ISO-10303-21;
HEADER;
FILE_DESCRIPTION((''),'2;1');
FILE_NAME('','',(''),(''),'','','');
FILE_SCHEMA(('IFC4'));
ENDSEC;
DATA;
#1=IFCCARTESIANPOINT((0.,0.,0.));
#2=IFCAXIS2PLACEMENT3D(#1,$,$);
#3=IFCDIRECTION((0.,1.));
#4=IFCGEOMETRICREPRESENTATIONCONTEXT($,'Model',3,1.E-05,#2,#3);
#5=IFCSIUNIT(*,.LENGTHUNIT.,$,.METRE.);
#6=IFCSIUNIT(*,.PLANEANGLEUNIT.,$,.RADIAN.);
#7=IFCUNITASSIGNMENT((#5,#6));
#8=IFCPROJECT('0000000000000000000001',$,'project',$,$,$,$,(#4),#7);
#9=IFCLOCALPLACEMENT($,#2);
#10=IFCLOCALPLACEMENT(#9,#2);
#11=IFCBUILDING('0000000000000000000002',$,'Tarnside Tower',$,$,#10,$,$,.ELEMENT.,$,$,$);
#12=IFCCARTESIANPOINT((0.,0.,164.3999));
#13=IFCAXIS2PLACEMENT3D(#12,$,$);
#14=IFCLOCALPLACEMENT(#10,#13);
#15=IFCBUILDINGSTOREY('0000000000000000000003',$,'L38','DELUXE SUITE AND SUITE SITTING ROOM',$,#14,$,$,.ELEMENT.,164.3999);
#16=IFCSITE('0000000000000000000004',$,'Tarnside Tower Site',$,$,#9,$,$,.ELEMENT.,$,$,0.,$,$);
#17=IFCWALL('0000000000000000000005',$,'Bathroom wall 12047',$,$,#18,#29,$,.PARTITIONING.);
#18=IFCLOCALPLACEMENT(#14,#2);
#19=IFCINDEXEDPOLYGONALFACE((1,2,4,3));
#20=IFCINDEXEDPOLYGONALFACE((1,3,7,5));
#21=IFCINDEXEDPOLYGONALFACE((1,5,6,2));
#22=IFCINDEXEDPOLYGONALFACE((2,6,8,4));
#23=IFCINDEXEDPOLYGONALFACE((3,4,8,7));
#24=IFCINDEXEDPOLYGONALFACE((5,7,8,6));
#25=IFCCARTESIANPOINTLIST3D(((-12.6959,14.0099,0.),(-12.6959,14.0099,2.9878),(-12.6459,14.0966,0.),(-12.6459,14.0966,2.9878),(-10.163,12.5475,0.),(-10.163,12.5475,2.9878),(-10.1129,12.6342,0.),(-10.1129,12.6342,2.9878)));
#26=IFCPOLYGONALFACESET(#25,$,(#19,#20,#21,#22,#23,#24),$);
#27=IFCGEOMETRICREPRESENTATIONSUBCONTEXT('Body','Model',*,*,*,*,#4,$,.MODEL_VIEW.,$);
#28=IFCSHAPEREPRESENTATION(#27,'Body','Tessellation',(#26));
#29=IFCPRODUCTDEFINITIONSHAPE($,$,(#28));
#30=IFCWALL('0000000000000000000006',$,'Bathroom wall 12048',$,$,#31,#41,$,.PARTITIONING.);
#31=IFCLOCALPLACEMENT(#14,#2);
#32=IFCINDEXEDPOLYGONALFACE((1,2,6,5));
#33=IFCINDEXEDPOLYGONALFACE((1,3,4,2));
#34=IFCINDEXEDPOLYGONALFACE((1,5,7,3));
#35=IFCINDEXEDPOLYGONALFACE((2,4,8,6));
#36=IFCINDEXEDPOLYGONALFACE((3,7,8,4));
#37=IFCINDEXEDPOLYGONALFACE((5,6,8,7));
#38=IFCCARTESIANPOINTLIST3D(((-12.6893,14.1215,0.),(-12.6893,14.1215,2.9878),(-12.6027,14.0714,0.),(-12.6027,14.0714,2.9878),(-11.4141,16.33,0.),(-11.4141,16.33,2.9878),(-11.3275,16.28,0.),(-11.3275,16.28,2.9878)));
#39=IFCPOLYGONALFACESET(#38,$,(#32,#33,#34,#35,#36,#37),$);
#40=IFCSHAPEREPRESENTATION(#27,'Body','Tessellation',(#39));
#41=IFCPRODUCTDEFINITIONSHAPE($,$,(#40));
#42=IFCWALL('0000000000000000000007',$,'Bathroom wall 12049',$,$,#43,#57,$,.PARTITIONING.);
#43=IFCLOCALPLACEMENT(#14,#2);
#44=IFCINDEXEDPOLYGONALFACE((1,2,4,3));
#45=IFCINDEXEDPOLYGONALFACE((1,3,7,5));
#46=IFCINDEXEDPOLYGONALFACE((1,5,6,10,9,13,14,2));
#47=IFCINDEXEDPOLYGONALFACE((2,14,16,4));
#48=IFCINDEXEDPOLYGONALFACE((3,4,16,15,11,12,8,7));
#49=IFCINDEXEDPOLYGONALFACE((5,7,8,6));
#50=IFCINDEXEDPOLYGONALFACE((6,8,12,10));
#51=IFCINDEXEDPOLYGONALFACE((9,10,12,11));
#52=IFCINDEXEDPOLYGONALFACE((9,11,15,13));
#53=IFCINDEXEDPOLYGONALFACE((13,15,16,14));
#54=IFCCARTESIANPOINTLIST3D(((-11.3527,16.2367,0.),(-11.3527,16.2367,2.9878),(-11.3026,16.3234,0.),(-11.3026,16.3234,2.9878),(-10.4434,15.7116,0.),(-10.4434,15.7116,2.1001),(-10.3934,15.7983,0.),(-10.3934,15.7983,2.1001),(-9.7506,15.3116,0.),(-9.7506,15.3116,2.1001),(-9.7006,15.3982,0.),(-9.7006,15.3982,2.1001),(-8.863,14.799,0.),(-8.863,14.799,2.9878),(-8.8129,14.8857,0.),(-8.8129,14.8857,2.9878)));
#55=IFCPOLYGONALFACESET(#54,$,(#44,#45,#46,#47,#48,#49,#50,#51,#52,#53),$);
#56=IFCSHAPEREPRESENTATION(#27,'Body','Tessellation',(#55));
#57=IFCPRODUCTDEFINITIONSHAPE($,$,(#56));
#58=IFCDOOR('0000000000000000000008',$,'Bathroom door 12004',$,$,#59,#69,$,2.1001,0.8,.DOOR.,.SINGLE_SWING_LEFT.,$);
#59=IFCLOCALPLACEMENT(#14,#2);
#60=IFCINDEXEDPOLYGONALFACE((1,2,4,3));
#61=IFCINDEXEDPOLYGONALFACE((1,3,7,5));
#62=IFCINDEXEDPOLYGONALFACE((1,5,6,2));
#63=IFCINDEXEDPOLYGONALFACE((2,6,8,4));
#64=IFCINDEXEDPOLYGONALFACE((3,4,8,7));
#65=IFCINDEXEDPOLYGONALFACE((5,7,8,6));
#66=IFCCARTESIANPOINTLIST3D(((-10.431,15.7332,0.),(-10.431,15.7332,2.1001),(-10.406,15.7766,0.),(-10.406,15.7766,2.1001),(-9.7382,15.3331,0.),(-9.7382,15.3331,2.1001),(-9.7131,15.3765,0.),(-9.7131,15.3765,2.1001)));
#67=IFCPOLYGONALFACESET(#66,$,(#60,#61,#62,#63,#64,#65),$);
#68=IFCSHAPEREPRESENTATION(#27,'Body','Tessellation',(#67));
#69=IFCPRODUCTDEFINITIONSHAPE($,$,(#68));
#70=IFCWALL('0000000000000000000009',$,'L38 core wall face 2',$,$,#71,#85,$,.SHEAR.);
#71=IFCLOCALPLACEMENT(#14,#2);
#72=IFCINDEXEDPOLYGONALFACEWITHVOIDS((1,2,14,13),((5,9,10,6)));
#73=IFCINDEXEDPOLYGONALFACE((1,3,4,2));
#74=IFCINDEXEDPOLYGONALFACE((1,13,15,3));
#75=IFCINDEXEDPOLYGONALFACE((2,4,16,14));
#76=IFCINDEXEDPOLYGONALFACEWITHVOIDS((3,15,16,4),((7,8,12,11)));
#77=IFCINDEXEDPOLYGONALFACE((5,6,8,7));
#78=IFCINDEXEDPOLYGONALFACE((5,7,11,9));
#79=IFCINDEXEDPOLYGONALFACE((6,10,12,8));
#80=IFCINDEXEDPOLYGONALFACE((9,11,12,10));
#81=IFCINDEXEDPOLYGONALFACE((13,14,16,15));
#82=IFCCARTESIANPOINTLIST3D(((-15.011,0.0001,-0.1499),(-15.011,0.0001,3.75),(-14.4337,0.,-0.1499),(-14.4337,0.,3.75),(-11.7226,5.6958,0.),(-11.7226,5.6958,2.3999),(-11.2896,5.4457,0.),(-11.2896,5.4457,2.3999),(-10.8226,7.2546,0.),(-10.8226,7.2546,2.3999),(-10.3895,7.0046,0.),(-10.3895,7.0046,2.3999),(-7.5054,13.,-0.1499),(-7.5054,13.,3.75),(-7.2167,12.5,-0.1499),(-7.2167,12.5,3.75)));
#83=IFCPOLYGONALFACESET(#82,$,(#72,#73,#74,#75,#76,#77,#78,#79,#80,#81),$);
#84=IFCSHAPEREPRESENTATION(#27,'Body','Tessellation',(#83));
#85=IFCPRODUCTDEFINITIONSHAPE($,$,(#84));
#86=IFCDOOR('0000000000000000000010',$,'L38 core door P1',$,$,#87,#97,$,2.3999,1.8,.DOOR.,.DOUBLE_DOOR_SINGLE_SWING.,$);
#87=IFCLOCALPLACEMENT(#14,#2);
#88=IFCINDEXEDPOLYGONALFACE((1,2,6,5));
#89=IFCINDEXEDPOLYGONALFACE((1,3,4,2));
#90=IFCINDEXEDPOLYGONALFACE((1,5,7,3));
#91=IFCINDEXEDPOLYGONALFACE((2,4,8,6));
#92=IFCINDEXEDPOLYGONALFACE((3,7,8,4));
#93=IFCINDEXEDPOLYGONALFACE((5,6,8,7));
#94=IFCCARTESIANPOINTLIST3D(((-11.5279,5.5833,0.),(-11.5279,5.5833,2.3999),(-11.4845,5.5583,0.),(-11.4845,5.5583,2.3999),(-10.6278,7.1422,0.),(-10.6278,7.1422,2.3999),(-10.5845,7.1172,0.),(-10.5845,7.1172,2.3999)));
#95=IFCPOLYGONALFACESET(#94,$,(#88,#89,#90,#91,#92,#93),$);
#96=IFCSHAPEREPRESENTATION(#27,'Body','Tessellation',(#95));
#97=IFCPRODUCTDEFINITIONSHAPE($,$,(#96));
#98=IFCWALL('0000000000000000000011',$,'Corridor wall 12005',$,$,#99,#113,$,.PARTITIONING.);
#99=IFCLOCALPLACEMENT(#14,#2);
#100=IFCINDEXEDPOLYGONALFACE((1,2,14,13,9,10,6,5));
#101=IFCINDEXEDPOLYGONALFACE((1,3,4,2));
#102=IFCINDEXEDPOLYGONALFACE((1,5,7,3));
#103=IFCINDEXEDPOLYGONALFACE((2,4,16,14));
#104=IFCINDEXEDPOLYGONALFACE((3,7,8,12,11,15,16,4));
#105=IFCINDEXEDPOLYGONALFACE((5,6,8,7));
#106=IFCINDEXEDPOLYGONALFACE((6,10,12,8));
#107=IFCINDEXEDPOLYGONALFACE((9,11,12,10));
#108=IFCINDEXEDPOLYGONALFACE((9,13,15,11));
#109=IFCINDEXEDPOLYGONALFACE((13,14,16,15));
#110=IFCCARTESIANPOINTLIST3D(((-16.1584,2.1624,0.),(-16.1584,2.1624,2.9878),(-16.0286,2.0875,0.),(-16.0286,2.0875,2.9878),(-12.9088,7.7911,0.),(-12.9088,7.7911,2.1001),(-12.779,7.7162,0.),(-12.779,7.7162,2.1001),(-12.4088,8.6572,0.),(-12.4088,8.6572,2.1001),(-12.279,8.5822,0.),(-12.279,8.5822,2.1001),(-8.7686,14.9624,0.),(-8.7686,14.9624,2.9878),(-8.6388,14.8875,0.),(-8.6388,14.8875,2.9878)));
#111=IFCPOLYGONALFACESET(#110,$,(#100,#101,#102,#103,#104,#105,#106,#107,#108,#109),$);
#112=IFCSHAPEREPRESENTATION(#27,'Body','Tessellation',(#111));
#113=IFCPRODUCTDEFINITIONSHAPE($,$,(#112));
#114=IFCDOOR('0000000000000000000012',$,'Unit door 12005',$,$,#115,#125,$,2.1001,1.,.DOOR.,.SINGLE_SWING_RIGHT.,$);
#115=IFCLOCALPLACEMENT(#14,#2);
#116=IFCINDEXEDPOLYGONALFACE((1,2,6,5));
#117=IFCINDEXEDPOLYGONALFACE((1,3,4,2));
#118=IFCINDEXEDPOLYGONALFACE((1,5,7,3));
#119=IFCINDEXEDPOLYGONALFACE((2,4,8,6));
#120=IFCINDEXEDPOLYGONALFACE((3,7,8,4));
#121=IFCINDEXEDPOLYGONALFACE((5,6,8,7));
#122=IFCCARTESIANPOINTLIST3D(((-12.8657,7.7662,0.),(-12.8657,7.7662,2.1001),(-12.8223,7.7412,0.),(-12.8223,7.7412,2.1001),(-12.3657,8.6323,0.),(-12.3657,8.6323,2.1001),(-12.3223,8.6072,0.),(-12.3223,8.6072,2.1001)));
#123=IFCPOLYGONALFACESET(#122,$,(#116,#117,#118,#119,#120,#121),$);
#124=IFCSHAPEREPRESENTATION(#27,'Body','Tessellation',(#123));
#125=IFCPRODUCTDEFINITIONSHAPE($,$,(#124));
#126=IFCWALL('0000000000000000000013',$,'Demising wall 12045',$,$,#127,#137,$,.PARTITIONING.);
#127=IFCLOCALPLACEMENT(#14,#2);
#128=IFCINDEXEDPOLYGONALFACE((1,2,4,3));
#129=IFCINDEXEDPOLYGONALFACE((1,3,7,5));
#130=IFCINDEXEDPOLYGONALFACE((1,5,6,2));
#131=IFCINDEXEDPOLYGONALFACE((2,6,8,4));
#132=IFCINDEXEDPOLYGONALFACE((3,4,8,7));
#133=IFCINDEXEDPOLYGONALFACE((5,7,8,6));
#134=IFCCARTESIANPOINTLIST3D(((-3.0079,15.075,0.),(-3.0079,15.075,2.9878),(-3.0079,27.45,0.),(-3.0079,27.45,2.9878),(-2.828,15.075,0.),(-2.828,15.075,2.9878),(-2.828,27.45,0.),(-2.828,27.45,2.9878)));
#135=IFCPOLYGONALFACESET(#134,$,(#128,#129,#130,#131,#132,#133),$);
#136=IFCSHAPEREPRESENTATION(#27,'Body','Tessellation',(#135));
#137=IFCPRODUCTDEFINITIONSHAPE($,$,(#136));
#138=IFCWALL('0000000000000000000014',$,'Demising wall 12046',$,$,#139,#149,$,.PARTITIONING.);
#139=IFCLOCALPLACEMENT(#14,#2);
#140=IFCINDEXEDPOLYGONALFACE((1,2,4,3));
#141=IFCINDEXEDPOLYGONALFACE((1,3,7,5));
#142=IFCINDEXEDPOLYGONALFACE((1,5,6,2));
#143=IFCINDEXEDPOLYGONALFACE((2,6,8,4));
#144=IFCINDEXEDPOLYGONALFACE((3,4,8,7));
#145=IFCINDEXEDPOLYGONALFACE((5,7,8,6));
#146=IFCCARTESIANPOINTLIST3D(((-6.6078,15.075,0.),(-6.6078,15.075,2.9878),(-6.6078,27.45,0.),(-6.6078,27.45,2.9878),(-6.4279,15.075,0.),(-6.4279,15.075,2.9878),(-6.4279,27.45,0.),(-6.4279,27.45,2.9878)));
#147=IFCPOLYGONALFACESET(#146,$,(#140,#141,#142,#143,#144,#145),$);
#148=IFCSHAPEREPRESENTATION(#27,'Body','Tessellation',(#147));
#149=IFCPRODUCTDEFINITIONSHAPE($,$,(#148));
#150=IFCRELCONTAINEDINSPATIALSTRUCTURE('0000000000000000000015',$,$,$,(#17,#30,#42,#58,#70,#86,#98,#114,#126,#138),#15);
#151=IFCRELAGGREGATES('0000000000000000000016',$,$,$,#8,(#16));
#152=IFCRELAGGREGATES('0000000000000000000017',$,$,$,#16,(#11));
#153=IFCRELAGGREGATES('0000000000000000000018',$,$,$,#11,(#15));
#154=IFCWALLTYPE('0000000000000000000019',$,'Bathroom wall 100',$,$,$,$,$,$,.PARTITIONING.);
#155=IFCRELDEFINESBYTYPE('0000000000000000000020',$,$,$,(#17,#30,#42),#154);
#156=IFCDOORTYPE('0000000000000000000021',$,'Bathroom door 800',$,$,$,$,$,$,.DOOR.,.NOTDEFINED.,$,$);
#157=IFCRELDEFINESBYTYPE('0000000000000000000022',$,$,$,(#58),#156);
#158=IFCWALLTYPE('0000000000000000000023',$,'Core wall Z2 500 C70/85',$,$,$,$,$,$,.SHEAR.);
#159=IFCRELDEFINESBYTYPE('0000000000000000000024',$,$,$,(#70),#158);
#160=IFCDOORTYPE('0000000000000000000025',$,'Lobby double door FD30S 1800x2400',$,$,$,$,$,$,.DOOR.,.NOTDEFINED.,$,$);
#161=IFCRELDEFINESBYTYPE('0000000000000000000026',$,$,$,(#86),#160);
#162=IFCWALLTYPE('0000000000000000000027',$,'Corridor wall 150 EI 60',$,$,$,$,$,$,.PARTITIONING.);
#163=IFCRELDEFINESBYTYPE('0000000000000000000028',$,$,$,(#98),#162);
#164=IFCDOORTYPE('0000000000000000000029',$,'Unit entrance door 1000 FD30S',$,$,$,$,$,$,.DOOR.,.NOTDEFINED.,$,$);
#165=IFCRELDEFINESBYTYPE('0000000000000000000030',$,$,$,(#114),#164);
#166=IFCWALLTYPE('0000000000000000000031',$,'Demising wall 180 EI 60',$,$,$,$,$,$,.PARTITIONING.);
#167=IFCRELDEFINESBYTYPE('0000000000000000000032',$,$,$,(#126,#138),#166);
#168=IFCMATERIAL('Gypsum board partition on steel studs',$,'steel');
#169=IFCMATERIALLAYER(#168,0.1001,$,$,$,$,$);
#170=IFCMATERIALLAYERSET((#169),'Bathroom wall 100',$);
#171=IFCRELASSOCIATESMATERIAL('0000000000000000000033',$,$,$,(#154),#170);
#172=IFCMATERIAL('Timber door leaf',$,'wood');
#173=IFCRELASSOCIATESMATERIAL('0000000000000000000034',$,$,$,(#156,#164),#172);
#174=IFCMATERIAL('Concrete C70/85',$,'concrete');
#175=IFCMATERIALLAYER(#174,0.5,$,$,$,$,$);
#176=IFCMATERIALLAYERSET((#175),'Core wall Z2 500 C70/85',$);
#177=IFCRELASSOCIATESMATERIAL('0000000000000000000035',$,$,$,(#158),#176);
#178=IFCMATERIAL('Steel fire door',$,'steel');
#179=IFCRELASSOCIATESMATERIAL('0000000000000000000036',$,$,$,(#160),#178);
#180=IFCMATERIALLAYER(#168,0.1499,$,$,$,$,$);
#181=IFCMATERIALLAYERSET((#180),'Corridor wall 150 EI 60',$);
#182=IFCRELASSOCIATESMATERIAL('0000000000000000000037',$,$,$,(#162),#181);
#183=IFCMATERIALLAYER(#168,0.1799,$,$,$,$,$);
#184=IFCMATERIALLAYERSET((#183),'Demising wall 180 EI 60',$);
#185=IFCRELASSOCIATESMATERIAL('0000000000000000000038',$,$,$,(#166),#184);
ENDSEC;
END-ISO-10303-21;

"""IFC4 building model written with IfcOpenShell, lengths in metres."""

from ifc_helpers import new_model, si_unit, direction, frame, frame_2d, origin, place, context, subcontext, project, spatial, polyline, rectangle, outline, extrude, material, layer, layer_set, type_object, element, fill, save


model = new_model("IFC4")

# Units and contexts
model_context = context("Model", 3, precision=1e-05, world=origin(), true_north=direction((0.0, 1.0)))
body_context = subcontext(model_context, "Body", "Model", "MODEL_VIEW")
ifc_project = project(units=[si_unit("LENGTHUNIT", "METRE"), si_unit("PLANEANGLEUNIT", "RADIAN")], contexts=[model_context])

# Site, building, storey
site_placement = place(None, origin())
site = spatial("IfcSite", under=ifc_project, at=site_placement, Name="Tarnside Tower Site", CompositionType="ELEMENT", RefElevation=0.0)
building_placement = place(site_placement, origin())
building = spatial("IfcBuilding", under=site, at=building_placement, Name="Tarnside Tower", CompositionType="ELEMENT")
storey_placement = place(building_placement, frame((0.0, 0.0, 164.3999)))
storey = spatial("IfcBuildingStorey", under=building, at=storey_placement, Name="L38", Description="DELUXE SUITE AND SUITE SITTING ROOM", CompositionType="ELEMENT", Elevation=164.3999)

# Walls
ifc_material_1 = material(Name="Gypsum board partition on steel studs", Category="steel")
ifc_layer_1 = layer(ifc_material_1, 0.1001)
ifc_layer_set_1 = layer_set([ifc_layer_1], Name="Bathroom wall 100")
wall_type_1 = type_object("IfcWallType", Name="Bathroom wall 100", PredefinedType="PARTITIONING", material=ifc_layer_set_1)
wall_1_placement = place(storey_placement, frame((-10.1379, 12.5908, 0.0), z_axis=(0.0, 0.0, 1.0), x_axis=(-0.866026, 0.499999, 0.0)))
element("IfcWall", 1, at=wall_1_placement, inside=storey, type_object=wall_type_1, Name="Bathroom wall 12047", PredefinedType="PARTITIONING", context=body_context, shape_type="SweptSolid", body=[
    extrude(rectangle(XDim=2.9248, YDim=0.1001, at=frame_2d((1.4624, 0.0))), origin(), (0.0, 0.0, 1.0), 2.9878),
])
wall_2_placement = place(storey_placement, frame((-12.646, 14.0964, 0.0), z_axis=(0.0, 0.0, 1.0), x_axis=(0.500021, 0.866013, 0.0)))
element("IfcWall", 2, at=wall_2_placement, inside=storey, type_object=wall_type_1, Name="Bathroom wall 12048", PredefinedType="PARTITIONING", context=body_context, shape_type="SweptSolid", body=[
    extrude(rectangle(XDim=2.5503, YDim=0.1001, at=frame_2d((1.2751, 0.0))), origin(), (0.0, 0.0, 1.0), 2.9878),
])

# Walls, openings, doors
wall_3_placement = place(storey_placement, frame((-11.3276, 16.28, 0.0), z_axis=(0.0, 0.0, 1.0), x_axis=(0.865982, -0.500075, 0.0)))
wall_3 = element("IfcWall", 3, at=wall_3_placement, inside=storey, type_object=wall_type_1, Name="Bathroom wall 12049", PredefinedType="PARTITIONING", context=body_context, shape_type="SweptSolid", body=[
    extrude(rectangle(XDim=2.875, YDim=0.1001, at=frame_2d((1.4375, 0.0))), origin(), (0.0, 0.0, 1.0), 2.9878),
])
opening_1_placement = place(wall_3_placement, frame((1.05, 0.0, 0.0)))
opening_1 = element("IfcOpeningElement", 4, at=opening_1_placement, cuts=wall_3, PredefinedType="OPENING", context=body_context, shape_type="SweptSolid", body=[
    extrude(rectangle(XDim=0.8, YDim=2.1001, at=frame_2d((0.3999, 1.05))), frame((0.0, 0.0601, 0.0), z_axis=(0.0, -1.0, 0.0), x_axis=(1.0, 0.0, 0.0)), (0.0, 0.0, 1.0), 0.1201),
])
ifc_material_2 = material(Name="Timber door leaf", Category="wood")
door_type_1 = type_object("IfcDoorType", Name="Bathroom door 800", OperationType="NOTDEFINED", PredefinedType="DOOR", material=ifc_material_2)
door_1_placement = place(opening_1_placement, origin())
door_1 = element("IfcDoor", 5, at=door_1_placement, inside=storey, type_object=door_type_1, Name="Bathroom door 12004", OperationType="SINGLE_SWING_LEFT", OverallHeight=2.1001, OverallWidth=0.8, PredefinedType="DOOR", context=body_context, shape_type="SweptSolid", body=[
    extrude(rectangle(XDim=0.8, YDim=2.1001, at=frame_2d((0.3999, 1.05))), frame((0.0, 0.0249, 0.0), z_axis=(0.0, -1.0, 0.0), x_axis=(1.0, 0.0, 0.0)), (0.0, 0.0, 1.0), 0.05),
])
fill(opening_1, door_1)
ifc_material_3 = material(Name="Concrete C70/85", Category="concrete")
ifc_layer_2 = layer(ifc_material_3, 0.5)
ifc_layer_set_2 = layer_set([ifc_layer_2], Name="Core wall Z2 500 C70/85")
wall_type_2 = type_object("IfcWallType", Name="Core wall Z2 500 C70/85", PredefinedType="SHEAR", material=ifc_layer_set_2)
wall_4_placement = place(storey_placement, frame((-7.3611, 12.75, -0.1499), z_axis=(0.0, 0.0, 1.0), x_axis=(-0.500006, -0.866022, 0.0)))
wall_4 = element("IfcWall", 6, at=wall_4_placement, inside=storey, type_object=wall_type_2, Name="L38 core wall face 2", PredefinedType="SHEAR", context=body_context, shape_type="SweptSolid", body=[
    extrude(outline(polyline([(-0.1443, -0.25), (14.8667, -0.25), (14.5781, 0.25), (0.1443, 0.25), (-0.1443, -0.25)])), origin(), (0.0, 0.0, 1.0), 3.8999),
])
opening_2_placement = place(wall_4_placement, frame((6.49, 0.0, 0.1499)))
opening_2 = element("IfcOpeningElement", 7, at=opening_2_placement, cuts=wall_4, PredefinedType="OPENING", context=body_context, shape_type="SweptSolid", body=[
    extrude(rectangle(XDim=1.8, YDim=2.3999, at=frame_2d((0.8999, 1.2))), frame((0.0, 0.26, 0.0), z_axis=(0.0, -1.0, 0.0), x_axis=(1.0, 0.0, 0.0)), (0.0, 0.0, 1.0), 0.52),
])
ifc_material_4 = material(Name="Steel fire door", Category="steel")
door_type_2 = type_object("IfcDoorType", Name="Lobby double door FD30S 1800x2400", OperationType="NOTDEFINED", PredefinedType="DOOR", material=ifc_material_4)
door_2_placement = place(opening_2_placement, origin())
door_2 = element("IfcDoor", 8, at=door_2_placement, inside=storey, type_object=door_type_2, Name="L38 core door P1", OperationType="DOUBLE_DOOR_SINGLE_SWING", OverallHeight=2.3999, OverallWidth=1.8, PredefinedType="DOOR", context=body_context, shape_type="SweptSolid", body=[
    extrude(rectangle(XDim=1.8, YDim=2.3999, at=frame_2d((0.8999, 1.2))), frame((0.0, 0.0249, 0.0), z_axis=(0.0, -1.0, 0.0), x_axis=(1.0, 0.0, 0.0)), (0.0, 0.0, 1.0), 0.05),
])
fill(opening_2, door_2)
ifc_layer_3 = layer(ifc_material_1, 0.1499)
ifc_layer_set_3 = layer_set([ifc_layer_3], Name="Corridor wall 150 EI 60")
wall_type_3 = type_object("IfcWallType", Name="Corridor wall 150 EI 60", PredefinedType="PARTITIONING", material=ifc_layer_set_3)
wall_5_placement = place(storey_placement, frame((-8.7036, 14.925, 0.0), z_axis=(0.0, 0.0, 1.0), x_axis=(-0.499989, -0.866032, 0.0)))
wall_5 = element("IfcWall", 9, at=wall_5_placement, inside=storey, type_object=wall_type_3, Name="Corridor wall 12005", PredefinedType="PARTITIONING", context=body_context, shape_type="SweptSolid", body=[
    extrude(rectangle(XDim=14.78, YDim=0.1499, at=frame_2d((7.3901, 0.0))), origin(), (0.0, 0.0, 1.0), 2.9878),
])
opening_3_placement = place(wall_5_placement, frame((7.2808, 0.0, 0.0)))
opening_3 = element("IfcOpeningElement", 10, at=opening_3_placement, cuts=wall_5, PredefinedType="OPENING", context=body_context, shape_type="SweptSolid", body=[
    extrude(rectangle(XDim=1.0, YDim=2.1001, at=frame_2d((0.5, 1.05))), frame((0.0, 0.085, 0.0), z_axis=(0.0, -1.0, 0.0), x_axis=(1.0, 0.0, 0.0)), (0.0, 0.0, 1.0), 0.1699),
])
door_type_3 = type_object("IfcDoorType", Name="Unit entrance door 1000 FD30S", OperationType="NOTDEFINED", PredefinedType="DOOR", material=ifc_material_2)
door_3_placement = place(opening_3_placement, origin())
door_3 = element("IfcDoor", 11, at=door_3_placement, inside=storey, type_object=door_type_3, Name="Unit door 12005", OperationType="SINGLE_SWING_RIGHT", OverallHeight=2.1001, OverallWidth=1.0, PredefinedType="DOOR", context=body_context, shape_type="SweptSolid", body=[
    extrude(rectangle(XDim=1.0, YDim=2.1001, at=frame_2d((0.5, 1.05))), frame((0.0, 0.0249, 0.0), z_axis=(0.0, -1.0, 0.0), x_axis=(1.0, 0.0, 0.0)), (0.0, 0.0, 1.0), 0.05),
])
fill(opening_3, door_3)

# Walls
ifc_layer_4 = layer(ifc_material_1, 0.1799)
ifc_layer_set_4 = layer_set([ifc_layer_4], Name="Demising wall 180 EI 60")
wall_type_4 = type_object("IfcWallType", Name="Demising wall 180 EI 60", PredefinedType="PARTITIONING", material=ifc_layer_set_4)
for number, where, z_axis, x_axis, name in (
    (12, (-2.918, 27.45, 0.0), (0.0, 0.0, 1.0), (0.0, -1.0, 0.0), "Demising wall 12045"),
    (13, (-6.5178, 27.45, 0.0), (0.0, 0.0, 1.0), (0.0, -1.0, 0.0), "Demising wall 12046"),
):
    element("IfcWall", number, at=place(storey_placement, frame(where, z_axis=z_axis, x_axis=x_axis)), inside=storey, type_object=wall_type_4, Name=name, PredefinedType="PARTITIONING", context=body_context, shape_type="SweptSolid", body=[
        extrude(rectangle(XDim=12.375, YDim=0.1799, at=frame_2d((6.1875, 0.0))), origin(), (0.0, 0.0, 1.0), 2.9878),
    ])

save(model, "model.ifc")
